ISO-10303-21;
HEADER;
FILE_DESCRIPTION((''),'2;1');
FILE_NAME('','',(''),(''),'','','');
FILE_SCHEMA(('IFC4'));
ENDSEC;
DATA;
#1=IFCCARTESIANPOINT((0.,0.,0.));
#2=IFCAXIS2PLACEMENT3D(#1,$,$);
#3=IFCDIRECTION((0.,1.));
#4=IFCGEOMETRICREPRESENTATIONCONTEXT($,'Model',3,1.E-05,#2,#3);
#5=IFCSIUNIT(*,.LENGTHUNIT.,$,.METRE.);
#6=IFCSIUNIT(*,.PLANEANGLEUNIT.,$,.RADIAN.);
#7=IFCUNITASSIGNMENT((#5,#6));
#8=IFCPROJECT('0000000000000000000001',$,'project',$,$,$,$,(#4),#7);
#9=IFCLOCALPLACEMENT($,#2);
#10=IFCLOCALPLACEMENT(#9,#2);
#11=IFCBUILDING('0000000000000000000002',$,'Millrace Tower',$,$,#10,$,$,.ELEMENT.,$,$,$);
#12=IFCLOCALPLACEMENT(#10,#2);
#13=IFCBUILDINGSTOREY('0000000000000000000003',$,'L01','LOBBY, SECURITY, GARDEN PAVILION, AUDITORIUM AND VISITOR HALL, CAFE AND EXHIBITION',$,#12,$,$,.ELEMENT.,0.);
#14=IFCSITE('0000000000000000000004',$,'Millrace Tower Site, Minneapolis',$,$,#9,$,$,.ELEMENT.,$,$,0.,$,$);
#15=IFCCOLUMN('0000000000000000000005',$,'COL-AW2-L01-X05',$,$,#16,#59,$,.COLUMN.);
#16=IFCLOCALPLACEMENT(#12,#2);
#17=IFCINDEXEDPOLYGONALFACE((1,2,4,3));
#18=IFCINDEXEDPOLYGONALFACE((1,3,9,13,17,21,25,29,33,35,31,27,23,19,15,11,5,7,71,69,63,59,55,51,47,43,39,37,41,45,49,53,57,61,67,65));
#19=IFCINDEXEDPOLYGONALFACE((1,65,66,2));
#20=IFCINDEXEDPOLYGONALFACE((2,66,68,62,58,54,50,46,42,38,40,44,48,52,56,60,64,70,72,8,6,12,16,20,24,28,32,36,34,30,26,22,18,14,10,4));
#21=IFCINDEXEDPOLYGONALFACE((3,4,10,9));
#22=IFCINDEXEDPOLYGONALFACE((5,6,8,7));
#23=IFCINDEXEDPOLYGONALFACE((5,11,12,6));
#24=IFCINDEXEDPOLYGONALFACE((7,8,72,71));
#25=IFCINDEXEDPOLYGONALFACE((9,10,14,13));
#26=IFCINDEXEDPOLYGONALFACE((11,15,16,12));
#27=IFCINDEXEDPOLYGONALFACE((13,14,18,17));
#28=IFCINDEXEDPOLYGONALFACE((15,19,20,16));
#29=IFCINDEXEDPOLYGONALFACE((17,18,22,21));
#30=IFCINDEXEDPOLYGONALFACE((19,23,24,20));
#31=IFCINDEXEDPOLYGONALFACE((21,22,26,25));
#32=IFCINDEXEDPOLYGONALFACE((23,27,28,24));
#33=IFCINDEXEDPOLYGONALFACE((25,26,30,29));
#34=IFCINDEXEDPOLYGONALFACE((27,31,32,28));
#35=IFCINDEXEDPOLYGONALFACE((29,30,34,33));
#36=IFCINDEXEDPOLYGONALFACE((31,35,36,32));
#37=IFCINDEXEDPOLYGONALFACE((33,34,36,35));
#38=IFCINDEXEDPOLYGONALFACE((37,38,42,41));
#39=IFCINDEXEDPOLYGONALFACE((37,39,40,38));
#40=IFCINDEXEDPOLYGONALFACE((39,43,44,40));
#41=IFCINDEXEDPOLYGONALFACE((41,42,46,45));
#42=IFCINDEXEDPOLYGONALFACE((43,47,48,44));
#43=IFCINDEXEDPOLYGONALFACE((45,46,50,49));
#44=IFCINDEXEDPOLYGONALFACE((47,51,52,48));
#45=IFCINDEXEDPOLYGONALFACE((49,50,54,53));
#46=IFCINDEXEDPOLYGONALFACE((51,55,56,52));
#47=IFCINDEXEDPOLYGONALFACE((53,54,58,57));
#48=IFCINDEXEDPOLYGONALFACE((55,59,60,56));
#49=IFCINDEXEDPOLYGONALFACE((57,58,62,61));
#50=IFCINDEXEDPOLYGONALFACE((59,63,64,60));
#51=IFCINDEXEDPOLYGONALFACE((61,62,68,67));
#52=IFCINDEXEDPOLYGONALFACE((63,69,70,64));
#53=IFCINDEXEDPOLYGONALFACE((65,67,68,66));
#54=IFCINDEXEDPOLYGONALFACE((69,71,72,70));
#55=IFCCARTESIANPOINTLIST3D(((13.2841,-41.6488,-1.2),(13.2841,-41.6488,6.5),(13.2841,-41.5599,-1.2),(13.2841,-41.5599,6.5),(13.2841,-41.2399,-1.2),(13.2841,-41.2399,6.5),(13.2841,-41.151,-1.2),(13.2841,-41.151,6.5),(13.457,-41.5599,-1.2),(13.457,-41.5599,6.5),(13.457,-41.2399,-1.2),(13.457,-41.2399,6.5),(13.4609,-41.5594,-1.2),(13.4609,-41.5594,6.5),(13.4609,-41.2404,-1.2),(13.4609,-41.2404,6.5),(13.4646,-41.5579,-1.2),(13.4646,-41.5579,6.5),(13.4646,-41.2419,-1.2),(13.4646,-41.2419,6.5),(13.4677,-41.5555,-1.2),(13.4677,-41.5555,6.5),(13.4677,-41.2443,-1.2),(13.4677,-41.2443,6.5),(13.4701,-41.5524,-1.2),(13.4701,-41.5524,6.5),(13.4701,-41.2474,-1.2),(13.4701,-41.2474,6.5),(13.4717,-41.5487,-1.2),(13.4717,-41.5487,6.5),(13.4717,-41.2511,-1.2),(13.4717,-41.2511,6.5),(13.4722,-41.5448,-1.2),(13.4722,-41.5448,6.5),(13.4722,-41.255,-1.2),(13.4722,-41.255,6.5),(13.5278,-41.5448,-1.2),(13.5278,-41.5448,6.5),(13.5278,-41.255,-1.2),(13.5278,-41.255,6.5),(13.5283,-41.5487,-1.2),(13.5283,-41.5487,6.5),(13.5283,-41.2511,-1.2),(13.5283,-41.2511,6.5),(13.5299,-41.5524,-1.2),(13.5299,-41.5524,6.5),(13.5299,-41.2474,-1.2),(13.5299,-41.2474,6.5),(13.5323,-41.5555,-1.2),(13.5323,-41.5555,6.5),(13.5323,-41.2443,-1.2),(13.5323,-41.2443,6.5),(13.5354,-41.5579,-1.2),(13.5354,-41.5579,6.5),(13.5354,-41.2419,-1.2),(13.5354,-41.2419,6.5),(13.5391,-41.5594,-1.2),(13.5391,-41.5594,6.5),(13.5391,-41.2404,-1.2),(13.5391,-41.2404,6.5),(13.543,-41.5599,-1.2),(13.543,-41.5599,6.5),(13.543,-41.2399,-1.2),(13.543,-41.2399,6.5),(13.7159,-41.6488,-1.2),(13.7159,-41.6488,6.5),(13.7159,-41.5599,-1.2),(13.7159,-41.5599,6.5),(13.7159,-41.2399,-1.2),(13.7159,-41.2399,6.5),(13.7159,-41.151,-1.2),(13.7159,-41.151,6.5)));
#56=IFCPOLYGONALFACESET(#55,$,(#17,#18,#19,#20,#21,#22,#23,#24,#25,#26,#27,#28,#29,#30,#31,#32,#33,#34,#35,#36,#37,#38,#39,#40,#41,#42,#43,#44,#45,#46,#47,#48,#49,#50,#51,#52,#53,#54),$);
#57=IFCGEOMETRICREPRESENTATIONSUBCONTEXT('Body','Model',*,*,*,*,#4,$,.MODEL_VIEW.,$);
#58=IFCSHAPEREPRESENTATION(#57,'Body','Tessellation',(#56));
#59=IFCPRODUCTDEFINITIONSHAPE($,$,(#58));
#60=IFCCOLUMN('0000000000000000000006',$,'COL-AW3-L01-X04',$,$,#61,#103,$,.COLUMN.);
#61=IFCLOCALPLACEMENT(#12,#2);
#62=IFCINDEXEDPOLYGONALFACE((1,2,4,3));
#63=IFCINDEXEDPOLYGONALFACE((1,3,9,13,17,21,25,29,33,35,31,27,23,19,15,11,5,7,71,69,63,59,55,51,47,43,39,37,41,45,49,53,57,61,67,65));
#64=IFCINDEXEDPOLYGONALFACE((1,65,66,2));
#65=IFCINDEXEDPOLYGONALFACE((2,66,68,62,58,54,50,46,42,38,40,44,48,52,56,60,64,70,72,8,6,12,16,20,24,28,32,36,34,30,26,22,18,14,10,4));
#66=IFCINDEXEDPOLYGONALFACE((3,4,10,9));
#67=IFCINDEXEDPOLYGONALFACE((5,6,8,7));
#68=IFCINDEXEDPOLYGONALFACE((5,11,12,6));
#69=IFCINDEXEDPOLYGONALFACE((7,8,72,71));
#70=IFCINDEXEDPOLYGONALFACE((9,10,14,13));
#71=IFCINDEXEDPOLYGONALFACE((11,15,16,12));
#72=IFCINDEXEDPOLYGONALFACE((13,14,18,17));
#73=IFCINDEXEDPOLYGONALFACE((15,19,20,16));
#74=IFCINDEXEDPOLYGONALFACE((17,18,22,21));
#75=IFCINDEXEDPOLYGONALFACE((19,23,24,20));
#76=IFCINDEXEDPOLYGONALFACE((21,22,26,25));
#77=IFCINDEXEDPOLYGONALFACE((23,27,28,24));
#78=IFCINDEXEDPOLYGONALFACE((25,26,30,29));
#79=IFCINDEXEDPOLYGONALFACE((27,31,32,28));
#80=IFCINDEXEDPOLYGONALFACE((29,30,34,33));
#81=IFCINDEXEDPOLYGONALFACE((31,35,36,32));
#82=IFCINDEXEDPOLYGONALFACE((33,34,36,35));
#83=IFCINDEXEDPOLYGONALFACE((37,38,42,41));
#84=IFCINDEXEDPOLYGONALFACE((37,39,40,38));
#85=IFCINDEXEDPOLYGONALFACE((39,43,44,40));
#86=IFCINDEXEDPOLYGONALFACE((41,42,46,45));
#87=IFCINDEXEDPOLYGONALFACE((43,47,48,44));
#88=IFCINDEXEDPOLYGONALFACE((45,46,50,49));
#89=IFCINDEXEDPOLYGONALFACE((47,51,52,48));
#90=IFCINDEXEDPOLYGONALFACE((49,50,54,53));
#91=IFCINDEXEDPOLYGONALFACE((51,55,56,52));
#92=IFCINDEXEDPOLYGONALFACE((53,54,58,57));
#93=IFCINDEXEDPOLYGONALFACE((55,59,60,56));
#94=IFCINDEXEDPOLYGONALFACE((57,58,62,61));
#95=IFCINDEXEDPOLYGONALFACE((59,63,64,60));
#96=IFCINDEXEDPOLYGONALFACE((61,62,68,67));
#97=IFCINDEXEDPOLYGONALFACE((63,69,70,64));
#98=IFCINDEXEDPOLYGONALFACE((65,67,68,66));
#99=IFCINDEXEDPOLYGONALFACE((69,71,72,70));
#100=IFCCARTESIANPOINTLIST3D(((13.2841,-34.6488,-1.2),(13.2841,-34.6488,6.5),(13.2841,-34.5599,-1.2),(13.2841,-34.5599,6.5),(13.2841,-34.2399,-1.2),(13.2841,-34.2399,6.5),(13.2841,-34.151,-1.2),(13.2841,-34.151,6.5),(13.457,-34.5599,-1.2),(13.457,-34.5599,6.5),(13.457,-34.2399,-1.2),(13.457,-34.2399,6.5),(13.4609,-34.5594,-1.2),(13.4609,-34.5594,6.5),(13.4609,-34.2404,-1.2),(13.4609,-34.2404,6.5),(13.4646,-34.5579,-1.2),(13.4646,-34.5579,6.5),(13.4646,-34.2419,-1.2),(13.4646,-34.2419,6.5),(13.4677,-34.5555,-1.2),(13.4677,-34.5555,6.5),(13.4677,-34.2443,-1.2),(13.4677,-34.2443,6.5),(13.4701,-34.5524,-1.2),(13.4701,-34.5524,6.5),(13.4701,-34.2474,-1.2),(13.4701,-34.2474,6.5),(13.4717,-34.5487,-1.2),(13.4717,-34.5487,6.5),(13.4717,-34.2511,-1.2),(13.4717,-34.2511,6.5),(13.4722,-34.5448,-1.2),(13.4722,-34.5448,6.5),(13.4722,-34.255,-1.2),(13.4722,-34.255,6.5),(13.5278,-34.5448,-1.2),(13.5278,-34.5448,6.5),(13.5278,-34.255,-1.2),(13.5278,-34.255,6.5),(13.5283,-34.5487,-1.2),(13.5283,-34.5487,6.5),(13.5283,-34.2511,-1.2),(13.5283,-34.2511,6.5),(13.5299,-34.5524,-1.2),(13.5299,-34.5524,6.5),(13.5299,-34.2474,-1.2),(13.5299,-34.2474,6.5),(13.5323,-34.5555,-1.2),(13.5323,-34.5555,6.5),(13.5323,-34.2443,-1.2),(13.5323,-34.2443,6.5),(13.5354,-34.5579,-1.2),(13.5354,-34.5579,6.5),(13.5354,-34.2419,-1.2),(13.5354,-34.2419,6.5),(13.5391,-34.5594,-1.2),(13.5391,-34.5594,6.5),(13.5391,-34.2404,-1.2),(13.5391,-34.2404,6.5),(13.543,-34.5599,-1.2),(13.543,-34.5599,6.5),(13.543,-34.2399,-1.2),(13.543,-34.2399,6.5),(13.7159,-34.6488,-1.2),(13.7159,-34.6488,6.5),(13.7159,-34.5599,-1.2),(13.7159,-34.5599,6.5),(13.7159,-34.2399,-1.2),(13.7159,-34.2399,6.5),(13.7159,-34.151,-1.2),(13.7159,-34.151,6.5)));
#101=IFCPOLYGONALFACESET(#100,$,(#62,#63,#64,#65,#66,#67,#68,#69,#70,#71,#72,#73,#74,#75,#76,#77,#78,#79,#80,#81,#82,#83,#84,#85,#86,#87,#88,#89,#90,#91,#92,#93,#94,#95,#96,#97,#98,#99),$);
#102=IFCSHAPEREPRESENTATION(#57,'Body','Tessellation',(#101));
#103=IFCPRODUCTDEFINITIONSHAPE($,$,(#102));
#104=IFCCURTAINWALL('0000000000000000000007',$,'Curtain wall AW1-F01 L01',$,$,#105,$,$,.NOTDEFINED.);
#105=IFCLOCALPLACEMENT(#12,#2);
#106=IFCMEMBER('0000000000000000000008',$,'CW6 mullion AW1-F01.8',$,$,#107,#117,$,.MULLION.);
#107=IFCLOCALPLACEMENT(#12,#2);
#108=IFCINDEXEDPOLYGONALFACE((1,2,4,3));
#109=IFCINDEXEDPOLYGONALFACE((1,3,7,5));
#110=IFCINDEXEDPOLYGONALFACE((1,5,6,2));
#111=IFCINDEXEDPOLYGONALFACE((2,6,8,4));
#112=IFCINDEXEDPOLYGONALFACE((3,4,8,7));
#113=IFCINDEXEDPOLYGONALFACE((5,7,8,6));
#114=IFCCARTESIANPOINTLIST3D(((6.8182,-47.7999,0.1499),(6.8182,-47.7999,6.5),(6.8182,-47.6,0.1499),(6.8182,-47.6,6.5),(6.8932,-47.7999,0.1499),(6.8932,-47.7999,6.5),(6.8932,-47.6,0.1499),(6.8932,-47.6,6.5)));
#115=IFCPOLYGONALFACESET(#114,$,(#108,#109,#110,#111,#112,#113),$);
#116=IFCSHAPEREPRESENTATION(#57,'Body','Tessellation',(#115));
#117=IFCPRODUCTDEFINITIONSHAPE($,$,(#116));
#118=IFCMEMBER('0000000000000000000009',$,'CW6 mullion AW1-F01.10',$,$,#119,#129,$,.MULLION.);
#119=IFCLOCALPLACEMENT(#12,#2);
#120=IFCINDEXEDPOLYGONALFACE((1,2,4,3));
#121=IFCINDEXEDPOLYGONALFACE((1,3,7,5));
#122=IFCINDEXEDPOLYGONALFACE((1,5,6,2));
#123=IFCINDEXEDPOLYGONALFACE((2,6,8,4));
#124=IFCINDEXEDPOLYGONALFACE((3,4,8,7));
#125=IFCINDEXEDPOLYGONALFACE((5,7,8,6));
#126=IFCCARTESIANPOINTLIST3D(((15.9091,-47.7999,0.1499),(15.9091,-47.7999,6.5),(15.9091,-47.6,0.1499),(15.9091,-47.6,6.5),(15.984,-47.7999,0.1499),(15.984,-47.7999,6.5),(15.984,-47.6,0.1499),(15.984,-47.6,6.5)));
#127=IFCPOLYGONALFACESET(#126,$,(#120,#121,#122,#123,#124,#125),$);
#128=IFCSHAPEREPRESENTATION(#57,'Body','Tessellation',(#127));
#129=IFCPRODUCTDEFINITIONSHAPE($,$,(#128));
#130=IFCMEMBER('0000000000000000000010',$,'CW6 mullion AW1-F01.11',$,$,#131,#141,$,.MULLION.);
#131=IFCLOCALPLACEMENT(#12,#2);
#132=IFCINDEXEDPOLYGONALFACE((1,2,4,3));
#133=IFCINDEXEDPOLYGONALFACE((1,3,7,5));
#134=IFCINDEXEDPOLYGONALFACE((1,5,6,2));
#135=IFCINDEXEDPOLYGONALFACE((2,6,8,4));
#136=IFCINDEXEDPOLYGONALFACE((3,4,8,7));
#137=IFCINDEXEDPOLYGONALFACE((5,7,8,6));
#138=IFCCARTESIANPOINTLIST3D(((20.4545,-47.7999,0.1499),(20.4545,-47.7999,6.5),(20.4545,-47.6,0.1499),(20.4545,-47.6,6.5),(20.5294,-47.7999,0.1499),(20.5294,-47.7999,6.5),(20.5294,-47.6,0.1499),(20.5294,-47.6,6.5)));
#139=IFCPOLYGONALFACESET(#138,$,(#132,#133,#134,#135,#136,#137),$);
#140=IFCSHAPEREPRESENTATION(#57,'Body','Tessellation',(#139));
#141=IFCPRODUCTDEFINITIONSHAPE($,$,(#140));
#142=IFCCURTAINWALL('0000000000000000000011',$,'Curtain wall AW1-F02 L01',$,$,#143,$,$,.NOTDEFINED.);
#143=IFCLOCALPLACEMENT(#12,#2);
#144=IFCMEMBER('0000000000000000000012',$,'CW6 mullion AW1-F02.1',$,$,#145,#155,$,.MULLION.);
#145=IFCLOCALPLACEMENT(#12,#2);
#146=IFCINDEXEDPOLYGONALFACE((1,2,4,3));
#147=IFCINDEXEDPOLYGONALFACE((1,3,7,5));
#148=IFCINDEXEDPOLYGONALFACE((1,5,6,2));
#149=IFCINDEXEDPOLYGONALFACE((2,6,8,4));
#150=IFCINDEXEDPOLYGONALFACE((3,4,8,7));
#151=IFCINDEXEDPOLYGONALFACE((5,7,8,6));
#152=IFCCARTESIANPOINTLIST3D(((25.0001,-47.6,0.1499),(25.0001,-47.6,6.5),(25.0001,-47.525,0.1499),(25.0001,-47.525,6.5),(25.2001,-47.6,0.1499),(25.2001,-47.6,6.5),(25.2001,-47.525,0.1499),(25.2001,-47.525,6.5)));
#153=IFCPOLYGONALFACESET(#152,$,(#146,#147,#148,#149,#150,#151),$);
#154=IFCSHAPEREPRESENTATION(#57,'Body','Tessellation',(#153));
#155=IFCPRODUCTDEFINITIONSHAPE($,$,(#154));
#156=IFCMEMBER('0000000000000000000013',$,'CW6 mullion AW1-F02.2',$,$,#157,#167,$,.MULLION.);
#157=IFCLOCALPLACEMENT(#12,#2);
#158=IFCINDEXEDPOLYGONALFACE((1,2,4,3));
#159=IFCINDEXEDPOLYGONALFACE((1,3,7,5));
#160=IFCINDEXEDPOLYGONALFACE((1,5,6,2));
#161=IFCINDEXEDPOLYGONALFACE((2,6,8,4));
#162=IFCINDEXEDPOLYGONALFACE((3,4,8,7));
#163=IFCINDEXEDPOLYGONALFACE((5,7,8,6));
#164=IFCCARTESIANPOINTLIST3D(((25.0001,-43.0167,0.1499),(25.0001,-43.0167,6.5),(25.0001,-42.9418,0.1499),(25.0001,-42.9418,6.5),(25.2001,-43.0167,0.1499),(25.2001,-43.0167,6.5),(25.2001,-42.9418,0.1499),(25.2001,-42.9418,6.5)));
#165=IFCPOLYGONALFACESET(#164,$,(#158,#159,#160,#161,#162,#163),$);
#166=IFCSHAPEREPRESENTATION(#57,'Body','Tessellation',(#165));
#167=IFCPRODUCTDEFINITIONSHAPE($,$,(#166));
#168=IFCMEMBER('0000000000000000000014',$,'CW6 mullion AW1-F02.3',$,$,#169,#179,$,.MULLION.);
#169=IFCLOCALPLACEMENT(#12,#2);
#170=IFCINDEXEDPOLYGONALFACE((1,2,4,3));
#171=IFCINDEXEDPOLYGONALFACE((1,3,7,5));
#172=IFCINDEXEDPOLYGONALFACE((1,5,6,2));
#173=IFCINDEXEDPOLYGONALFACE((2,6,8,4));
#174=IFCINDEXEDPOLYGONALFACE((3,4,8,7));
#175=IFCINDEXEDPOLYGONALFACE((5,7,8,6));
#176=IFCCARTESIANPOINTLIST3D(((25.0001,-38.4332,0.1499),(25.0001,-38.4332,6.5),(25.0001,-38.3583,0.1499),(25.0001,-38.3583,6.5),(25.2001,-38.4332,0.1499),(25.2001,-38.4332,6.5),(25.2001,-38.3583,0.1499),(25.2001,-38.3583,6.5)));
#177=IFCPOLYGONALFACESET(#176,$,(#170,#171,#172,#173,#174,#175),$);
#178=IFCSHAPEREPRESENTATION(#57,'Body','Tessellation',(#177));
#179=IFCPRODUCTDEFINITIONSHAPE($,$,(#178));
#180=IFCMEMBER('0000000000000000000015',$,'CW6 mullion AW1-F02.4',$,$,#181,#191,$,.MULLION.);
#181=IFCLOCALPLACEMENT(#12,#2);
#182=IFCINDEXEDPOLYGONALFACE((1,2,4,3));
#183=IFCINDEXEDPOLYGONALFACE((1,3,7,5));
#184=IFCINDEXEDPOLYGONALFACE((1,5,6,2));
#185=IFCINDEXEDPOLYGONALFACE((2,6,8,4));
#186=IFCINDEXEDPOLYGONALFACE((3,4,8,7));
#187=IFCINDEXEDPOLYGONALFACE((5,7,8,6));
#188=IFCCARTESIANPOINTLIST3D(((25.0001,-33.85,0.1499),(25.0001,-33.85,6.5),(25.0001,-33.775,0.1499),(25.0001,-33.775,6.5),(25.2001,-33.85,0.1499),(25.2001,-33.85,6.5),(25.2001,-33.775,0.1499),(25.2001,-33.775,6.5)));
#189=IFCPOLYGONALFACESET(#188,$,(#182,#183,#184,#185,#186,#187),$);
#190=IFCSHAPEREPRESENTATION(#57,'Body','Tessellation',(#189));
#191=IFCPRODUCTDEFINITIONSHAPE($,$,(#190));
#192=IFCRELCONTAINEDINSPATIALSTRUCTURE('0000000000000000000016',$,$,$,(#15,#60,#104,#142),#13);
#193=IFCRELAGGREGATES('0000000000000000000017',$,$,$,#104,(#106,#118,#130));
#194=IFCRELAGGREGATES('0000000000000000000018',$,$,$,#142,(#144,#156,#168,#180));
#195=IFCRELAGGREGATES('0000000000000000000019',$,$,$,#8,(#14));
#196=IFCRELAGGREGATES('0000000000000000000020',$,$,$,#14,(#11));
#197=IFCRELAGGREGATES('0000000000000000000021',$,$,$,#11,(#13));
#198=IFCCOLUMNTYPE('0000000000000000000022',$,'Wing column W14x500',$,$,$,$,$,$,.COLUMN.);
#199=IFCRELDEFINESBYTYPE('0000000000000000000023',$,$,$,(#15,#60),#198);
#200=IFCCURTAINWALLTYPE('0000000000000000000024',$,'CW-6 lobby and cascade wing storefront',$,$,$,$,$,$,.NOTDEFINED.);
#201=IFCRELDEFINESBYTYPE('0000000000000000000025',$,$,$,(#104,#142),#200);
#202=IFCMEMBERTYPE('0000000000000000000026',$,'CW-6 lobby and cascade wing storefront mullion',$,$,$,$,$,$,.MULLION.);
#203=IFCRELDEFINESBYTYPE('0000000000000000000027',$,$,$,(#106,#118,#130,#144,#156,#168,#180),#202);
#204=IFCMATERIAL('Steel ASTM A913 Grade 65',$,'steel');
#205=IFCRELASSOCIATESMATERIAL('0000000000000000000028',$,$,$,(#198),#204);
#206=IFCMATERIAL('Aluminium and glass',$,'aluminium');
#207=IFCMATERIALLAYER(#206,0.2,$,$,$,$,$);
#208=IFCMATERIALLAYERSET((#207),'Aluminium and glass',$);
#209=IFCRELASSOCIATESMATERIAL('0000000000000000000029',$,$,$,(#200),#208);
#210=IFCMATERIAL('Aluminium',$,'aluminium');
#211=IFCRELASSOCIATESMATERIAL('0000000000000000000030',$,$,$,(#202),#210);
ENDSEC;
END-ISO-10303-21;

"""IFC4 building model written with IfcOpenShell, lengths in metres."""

from ifc_helpers import new_model, si_unit, direction, frame, origin, origin_2d, place, context, subcontext, project, spatial, rectangle, i_section, extrude, material, layer, layer_set, material_profile, profile_set, type_object, element, aggregate, save


model = new_model("IFC4")

# Units and contexts
model_context = context("Model", 3, precision=1e-05, world=origin(), true_north=direction((0.0, 1.0)))
body_context = subcontext(model_context, "Body", "Model", "MODEL_VIEW")
ifc_project = project(units=[si_unit("LENGTHUNIT", "METRE"), si_unit("PLANEANGLEUNIT", "RADIAN")], contexts=[model_context])

# Site, building, storey
site_placement = place(None, origin())
site = spatial("IfcSite", under=ifc_project, at=site_placement, Name="Millrace Tower Site, Minneapolis", CompositionType="ELEMENT", RefElevation=0.0)
building_placement = place(site_placement, origin())
building = spatial("IfcBuilding", under=site, at=building_placement, Name="Millrace Tower", CompositionType="ELEMENT")
storey_placement = place(building_placement, origin())
storey = spatial("IfcBuildingStorey", under=building, at=storey_placement, Name="L01", Description="LOBBY, SECURITY, GARDEN PAVILION, AUDITORIUM AND VISITOR HALL, CAFE AND EXHIBITION", CompositionType="ELEMENT", Elevation=0.0)

# Columns
ifc_material_1 = material(Name="Steel ASTM A913 Grade 65", Category="steel")
ifc_material_profile_1 = material_profile(ifc_material_1, i_section(OverallWidth=0.4319, OverallDepth=0.4978, WebThickness=0.0557, FlangeThickness=0.0889, FilletRadius=0.0151, at=origin_2d()))
ifc_profile_set_1 = profile_set([ifc_material_profile_1], Name="Steel ASTM A913 Grade 65")
column_type = type_object("IfcColumnType", Name="Wing column W14x500", PredefinedType="COLUMN", material=ifc_profile_set_1)
for number, where, z_axis, x_axis, name in (
    (1, (13.5, -41.3999, -1.2), (0.0, 0.0, 1.0), (1.0, 0.0, 0.0), "COL-AW2-L01-X05"),
    (2, (13.5, -34.3999, -1.2), (0.0, 0.0, 1.0), (1.0, 0.0, 0.0), "COL-AW3-L01-X04"),
):
    element("IfcColumn", number, at=place(storey_placement, frame(where, z_axis=z_axis, x_axis=x_axis)), inside=storey, type_object=column_type, Name=name, PredefinedType="COLUMN", context=body_context, shape_type="SweptSolid", body=[
        extrude(i_section(OverallWidth=0.4319, OverallDepth=0.4978, WebThickness=0.0557, FlangeThickness=0.0889, FilletRadius=0.0151, at=origin_2d()), origin(), (0.0, 0.0, 1.0), 7.7),
    ])

# Curtain walls, members
ifc_material_2 = material(Name="Aluminium and glass", Category="aluminium")
ifc_layer_1 = layer(ifc_material_2, 0.2)
ifc_layer_set_1 = layer_set([ifc_layer_1], Name="Aluminium and glass")
curtain_wall_type = type_object("IfcCurtainWallType", Name="CW-6 lobby and cascade wing storefront", PredefinedType="NOTDEFINED", material=ifc_layer_set_1)
placement = place(storey_placement, origin())
curtain_wall_1 = element("IfcCurtainWall", 3, at=placement, inside=storey, type_object=curtain_wall_type, Name="Curtain wall AW1-F01 L01", PredefinedType="NOTDEFINED")
ifc_material_3 = material(Name="Aluminium", Category="aluminium")
ifc_material_profile_2 = material_profile(ifc_material_3, rectangle(XDim=0.075, YDim=0.2, at=origin_2d()))
ifc_profile_set_2 = profile_set([ifc_material_profile_2], Name="Aluminium")
member_type_1 = type_object("IfcMemberType", Name="CW-6 lobby and cascade wing storefront mullion", PredefinedType="MULLION", material=ifc_profile_set_2)
member_1_placement = place(storey_placement, frame((6.8557, -47.7, 0.1499), z_axis=(0.0, 0.0, 1.0), x_axis=(1.0, 0.0, 0.0)))
member_1 = element("IfcMember", 4, at=member_1_placement, type_object=member_type_1, Name="CW6 mullion AW1-F01.8", PredefinedType="MULLION", context=body_context, shape_type="SweptSolid", body=[
    extrude(rectangle(XDim=0.075, YDim=0.2, at=origin_2d()), origin(), (0.0, 0.0, 1.0), 6.3501),
])
member_2_placement = place(storey_placement, frame((15.9465, -47.7, 0.1499), z_axis=(0.0, 0.0, 1.0), x_axis=(1.0, 0.0, 0.0)))
member_2 = element("IfcMember", 5, at=member_2_placement, type_object=member_type_1, Name="CW6 mullion AW1-F01.10", PredefinedType="MULLION", context=body_context, shape_type="SweptSolid", body=[
    extrude(rectangle(XDim=0.075, YDim=0.2, at=origin_2d()), origin(), (0.0, 0.0, 1.0), 6.3501),
])
member_3_placement = place(storey_placement, frame((20.4919, -47.7, 0.1499), z_axis=(0.0, 0.0, 1.0), x_axis=(1.0, 0.0, 0.0)))
member_3 = element("IfcMember", 6, at=member_3_placement, type_object=member_type_1, Name="CW6 mullion AW1-F01.11", PredefinedType="MULLION", context=body_context, shape_type="SweptSolid", body=[
    extrude(rectangle(XDim=0.075, YDim=0.2, at=origin_2d()), origin(), (0.0, 0.0, 1.0), 6.3501),
])
curtain_wall_2 = element("IfcCurtainWall", 7, at=placement, inside=storey, type_object=curtain_wall_type, Name="Curtain wall AW1-F02 L01", PredefinedType="NOTDEFINED")
member_4_placement = place(storey_placement, frame((25.1001, -47.5625, 0.1499), z_axis=(0.0, 0.0, 1.0), x_axis=(0.0, 1.0, 0.0)))
member_4 = element("IfcMember", 8, at=member_4_placement, type_object=member_type_1, Name="CW6 mullion AW1-F02.1", PredefinedType="MULLION", context=body_context, shape_type="SweptSolid", body=[
    extrude(rectangle(XDim=0.075, YDim=0.2, at=origin_2d()), origin(), (0.0, 0.0, 1.0), 6.3501),
])
member_5_placement = place(storey_placement, frame((25.1001, -42.9792, 0.1499), z_axis=(0.0, 0.0, 1.0), x_axis=(0.0, 1.0, 0.0)))
member_5 = element("IfcMember", 9, at=member_5_placement, type_object=member_type_1, Name="CW6 mullion AW1-F02.2", PredefinedType="MULLION", context=body_context, shape_type="SweptSolid", body=[
    extrude(rectangle(XDim=0.075, YDim=0.2, at=origin_2d()), origin(), (0.0, 0.0, 1.0), 6.3501),
])
member_6_placement = place(storey_placement, frame((25.1001, -38.3958, 0.1499), z_axis=(0.0, 0.0, 1.0), x_axis=(0.0, 1.0, 0.0)))
member_6 = element("IfcMember", 10, at=member_6_placement, type_object=member_type_1, Name="CW6 mullion AW1-F02.3", PredefinedType="MULLION", context=body_context, shape_type="SweptSolid", body=[
    extrude(rectangle(XDim=0.075, YDim=0.2, at=origin_2d()), origin(), (0.0, 0.0, 1.0), 6.3501),
])
member_7_placement = place(storey_placement, frame((25.1001, -33.8125, 0.1499), z_axis=(0.0, 0.0, 1.0), x_axis=(0.0, 1.0, 0.0)))
member_7 = element("IfcMember", 11, at=member_7_placement, type_object=member_type_1, Name="CW6 mullion AW1-F02.4", PredefinedType="MULLION", context=body_context, shape_type="SweptSolid", body=[
    extrude(rectangle(XDim=0.075, YDim=0.2, at=origin_2d()), origin(), (0.0, 0.0, 1.0), 6.3501),
])

aggregate(curtain_wall_1, [member_1, member_2, member_3])
aggregate(curtain_wall_2, [member_4, member_5, member_6, member_7])

save(model, "model.ifc")
